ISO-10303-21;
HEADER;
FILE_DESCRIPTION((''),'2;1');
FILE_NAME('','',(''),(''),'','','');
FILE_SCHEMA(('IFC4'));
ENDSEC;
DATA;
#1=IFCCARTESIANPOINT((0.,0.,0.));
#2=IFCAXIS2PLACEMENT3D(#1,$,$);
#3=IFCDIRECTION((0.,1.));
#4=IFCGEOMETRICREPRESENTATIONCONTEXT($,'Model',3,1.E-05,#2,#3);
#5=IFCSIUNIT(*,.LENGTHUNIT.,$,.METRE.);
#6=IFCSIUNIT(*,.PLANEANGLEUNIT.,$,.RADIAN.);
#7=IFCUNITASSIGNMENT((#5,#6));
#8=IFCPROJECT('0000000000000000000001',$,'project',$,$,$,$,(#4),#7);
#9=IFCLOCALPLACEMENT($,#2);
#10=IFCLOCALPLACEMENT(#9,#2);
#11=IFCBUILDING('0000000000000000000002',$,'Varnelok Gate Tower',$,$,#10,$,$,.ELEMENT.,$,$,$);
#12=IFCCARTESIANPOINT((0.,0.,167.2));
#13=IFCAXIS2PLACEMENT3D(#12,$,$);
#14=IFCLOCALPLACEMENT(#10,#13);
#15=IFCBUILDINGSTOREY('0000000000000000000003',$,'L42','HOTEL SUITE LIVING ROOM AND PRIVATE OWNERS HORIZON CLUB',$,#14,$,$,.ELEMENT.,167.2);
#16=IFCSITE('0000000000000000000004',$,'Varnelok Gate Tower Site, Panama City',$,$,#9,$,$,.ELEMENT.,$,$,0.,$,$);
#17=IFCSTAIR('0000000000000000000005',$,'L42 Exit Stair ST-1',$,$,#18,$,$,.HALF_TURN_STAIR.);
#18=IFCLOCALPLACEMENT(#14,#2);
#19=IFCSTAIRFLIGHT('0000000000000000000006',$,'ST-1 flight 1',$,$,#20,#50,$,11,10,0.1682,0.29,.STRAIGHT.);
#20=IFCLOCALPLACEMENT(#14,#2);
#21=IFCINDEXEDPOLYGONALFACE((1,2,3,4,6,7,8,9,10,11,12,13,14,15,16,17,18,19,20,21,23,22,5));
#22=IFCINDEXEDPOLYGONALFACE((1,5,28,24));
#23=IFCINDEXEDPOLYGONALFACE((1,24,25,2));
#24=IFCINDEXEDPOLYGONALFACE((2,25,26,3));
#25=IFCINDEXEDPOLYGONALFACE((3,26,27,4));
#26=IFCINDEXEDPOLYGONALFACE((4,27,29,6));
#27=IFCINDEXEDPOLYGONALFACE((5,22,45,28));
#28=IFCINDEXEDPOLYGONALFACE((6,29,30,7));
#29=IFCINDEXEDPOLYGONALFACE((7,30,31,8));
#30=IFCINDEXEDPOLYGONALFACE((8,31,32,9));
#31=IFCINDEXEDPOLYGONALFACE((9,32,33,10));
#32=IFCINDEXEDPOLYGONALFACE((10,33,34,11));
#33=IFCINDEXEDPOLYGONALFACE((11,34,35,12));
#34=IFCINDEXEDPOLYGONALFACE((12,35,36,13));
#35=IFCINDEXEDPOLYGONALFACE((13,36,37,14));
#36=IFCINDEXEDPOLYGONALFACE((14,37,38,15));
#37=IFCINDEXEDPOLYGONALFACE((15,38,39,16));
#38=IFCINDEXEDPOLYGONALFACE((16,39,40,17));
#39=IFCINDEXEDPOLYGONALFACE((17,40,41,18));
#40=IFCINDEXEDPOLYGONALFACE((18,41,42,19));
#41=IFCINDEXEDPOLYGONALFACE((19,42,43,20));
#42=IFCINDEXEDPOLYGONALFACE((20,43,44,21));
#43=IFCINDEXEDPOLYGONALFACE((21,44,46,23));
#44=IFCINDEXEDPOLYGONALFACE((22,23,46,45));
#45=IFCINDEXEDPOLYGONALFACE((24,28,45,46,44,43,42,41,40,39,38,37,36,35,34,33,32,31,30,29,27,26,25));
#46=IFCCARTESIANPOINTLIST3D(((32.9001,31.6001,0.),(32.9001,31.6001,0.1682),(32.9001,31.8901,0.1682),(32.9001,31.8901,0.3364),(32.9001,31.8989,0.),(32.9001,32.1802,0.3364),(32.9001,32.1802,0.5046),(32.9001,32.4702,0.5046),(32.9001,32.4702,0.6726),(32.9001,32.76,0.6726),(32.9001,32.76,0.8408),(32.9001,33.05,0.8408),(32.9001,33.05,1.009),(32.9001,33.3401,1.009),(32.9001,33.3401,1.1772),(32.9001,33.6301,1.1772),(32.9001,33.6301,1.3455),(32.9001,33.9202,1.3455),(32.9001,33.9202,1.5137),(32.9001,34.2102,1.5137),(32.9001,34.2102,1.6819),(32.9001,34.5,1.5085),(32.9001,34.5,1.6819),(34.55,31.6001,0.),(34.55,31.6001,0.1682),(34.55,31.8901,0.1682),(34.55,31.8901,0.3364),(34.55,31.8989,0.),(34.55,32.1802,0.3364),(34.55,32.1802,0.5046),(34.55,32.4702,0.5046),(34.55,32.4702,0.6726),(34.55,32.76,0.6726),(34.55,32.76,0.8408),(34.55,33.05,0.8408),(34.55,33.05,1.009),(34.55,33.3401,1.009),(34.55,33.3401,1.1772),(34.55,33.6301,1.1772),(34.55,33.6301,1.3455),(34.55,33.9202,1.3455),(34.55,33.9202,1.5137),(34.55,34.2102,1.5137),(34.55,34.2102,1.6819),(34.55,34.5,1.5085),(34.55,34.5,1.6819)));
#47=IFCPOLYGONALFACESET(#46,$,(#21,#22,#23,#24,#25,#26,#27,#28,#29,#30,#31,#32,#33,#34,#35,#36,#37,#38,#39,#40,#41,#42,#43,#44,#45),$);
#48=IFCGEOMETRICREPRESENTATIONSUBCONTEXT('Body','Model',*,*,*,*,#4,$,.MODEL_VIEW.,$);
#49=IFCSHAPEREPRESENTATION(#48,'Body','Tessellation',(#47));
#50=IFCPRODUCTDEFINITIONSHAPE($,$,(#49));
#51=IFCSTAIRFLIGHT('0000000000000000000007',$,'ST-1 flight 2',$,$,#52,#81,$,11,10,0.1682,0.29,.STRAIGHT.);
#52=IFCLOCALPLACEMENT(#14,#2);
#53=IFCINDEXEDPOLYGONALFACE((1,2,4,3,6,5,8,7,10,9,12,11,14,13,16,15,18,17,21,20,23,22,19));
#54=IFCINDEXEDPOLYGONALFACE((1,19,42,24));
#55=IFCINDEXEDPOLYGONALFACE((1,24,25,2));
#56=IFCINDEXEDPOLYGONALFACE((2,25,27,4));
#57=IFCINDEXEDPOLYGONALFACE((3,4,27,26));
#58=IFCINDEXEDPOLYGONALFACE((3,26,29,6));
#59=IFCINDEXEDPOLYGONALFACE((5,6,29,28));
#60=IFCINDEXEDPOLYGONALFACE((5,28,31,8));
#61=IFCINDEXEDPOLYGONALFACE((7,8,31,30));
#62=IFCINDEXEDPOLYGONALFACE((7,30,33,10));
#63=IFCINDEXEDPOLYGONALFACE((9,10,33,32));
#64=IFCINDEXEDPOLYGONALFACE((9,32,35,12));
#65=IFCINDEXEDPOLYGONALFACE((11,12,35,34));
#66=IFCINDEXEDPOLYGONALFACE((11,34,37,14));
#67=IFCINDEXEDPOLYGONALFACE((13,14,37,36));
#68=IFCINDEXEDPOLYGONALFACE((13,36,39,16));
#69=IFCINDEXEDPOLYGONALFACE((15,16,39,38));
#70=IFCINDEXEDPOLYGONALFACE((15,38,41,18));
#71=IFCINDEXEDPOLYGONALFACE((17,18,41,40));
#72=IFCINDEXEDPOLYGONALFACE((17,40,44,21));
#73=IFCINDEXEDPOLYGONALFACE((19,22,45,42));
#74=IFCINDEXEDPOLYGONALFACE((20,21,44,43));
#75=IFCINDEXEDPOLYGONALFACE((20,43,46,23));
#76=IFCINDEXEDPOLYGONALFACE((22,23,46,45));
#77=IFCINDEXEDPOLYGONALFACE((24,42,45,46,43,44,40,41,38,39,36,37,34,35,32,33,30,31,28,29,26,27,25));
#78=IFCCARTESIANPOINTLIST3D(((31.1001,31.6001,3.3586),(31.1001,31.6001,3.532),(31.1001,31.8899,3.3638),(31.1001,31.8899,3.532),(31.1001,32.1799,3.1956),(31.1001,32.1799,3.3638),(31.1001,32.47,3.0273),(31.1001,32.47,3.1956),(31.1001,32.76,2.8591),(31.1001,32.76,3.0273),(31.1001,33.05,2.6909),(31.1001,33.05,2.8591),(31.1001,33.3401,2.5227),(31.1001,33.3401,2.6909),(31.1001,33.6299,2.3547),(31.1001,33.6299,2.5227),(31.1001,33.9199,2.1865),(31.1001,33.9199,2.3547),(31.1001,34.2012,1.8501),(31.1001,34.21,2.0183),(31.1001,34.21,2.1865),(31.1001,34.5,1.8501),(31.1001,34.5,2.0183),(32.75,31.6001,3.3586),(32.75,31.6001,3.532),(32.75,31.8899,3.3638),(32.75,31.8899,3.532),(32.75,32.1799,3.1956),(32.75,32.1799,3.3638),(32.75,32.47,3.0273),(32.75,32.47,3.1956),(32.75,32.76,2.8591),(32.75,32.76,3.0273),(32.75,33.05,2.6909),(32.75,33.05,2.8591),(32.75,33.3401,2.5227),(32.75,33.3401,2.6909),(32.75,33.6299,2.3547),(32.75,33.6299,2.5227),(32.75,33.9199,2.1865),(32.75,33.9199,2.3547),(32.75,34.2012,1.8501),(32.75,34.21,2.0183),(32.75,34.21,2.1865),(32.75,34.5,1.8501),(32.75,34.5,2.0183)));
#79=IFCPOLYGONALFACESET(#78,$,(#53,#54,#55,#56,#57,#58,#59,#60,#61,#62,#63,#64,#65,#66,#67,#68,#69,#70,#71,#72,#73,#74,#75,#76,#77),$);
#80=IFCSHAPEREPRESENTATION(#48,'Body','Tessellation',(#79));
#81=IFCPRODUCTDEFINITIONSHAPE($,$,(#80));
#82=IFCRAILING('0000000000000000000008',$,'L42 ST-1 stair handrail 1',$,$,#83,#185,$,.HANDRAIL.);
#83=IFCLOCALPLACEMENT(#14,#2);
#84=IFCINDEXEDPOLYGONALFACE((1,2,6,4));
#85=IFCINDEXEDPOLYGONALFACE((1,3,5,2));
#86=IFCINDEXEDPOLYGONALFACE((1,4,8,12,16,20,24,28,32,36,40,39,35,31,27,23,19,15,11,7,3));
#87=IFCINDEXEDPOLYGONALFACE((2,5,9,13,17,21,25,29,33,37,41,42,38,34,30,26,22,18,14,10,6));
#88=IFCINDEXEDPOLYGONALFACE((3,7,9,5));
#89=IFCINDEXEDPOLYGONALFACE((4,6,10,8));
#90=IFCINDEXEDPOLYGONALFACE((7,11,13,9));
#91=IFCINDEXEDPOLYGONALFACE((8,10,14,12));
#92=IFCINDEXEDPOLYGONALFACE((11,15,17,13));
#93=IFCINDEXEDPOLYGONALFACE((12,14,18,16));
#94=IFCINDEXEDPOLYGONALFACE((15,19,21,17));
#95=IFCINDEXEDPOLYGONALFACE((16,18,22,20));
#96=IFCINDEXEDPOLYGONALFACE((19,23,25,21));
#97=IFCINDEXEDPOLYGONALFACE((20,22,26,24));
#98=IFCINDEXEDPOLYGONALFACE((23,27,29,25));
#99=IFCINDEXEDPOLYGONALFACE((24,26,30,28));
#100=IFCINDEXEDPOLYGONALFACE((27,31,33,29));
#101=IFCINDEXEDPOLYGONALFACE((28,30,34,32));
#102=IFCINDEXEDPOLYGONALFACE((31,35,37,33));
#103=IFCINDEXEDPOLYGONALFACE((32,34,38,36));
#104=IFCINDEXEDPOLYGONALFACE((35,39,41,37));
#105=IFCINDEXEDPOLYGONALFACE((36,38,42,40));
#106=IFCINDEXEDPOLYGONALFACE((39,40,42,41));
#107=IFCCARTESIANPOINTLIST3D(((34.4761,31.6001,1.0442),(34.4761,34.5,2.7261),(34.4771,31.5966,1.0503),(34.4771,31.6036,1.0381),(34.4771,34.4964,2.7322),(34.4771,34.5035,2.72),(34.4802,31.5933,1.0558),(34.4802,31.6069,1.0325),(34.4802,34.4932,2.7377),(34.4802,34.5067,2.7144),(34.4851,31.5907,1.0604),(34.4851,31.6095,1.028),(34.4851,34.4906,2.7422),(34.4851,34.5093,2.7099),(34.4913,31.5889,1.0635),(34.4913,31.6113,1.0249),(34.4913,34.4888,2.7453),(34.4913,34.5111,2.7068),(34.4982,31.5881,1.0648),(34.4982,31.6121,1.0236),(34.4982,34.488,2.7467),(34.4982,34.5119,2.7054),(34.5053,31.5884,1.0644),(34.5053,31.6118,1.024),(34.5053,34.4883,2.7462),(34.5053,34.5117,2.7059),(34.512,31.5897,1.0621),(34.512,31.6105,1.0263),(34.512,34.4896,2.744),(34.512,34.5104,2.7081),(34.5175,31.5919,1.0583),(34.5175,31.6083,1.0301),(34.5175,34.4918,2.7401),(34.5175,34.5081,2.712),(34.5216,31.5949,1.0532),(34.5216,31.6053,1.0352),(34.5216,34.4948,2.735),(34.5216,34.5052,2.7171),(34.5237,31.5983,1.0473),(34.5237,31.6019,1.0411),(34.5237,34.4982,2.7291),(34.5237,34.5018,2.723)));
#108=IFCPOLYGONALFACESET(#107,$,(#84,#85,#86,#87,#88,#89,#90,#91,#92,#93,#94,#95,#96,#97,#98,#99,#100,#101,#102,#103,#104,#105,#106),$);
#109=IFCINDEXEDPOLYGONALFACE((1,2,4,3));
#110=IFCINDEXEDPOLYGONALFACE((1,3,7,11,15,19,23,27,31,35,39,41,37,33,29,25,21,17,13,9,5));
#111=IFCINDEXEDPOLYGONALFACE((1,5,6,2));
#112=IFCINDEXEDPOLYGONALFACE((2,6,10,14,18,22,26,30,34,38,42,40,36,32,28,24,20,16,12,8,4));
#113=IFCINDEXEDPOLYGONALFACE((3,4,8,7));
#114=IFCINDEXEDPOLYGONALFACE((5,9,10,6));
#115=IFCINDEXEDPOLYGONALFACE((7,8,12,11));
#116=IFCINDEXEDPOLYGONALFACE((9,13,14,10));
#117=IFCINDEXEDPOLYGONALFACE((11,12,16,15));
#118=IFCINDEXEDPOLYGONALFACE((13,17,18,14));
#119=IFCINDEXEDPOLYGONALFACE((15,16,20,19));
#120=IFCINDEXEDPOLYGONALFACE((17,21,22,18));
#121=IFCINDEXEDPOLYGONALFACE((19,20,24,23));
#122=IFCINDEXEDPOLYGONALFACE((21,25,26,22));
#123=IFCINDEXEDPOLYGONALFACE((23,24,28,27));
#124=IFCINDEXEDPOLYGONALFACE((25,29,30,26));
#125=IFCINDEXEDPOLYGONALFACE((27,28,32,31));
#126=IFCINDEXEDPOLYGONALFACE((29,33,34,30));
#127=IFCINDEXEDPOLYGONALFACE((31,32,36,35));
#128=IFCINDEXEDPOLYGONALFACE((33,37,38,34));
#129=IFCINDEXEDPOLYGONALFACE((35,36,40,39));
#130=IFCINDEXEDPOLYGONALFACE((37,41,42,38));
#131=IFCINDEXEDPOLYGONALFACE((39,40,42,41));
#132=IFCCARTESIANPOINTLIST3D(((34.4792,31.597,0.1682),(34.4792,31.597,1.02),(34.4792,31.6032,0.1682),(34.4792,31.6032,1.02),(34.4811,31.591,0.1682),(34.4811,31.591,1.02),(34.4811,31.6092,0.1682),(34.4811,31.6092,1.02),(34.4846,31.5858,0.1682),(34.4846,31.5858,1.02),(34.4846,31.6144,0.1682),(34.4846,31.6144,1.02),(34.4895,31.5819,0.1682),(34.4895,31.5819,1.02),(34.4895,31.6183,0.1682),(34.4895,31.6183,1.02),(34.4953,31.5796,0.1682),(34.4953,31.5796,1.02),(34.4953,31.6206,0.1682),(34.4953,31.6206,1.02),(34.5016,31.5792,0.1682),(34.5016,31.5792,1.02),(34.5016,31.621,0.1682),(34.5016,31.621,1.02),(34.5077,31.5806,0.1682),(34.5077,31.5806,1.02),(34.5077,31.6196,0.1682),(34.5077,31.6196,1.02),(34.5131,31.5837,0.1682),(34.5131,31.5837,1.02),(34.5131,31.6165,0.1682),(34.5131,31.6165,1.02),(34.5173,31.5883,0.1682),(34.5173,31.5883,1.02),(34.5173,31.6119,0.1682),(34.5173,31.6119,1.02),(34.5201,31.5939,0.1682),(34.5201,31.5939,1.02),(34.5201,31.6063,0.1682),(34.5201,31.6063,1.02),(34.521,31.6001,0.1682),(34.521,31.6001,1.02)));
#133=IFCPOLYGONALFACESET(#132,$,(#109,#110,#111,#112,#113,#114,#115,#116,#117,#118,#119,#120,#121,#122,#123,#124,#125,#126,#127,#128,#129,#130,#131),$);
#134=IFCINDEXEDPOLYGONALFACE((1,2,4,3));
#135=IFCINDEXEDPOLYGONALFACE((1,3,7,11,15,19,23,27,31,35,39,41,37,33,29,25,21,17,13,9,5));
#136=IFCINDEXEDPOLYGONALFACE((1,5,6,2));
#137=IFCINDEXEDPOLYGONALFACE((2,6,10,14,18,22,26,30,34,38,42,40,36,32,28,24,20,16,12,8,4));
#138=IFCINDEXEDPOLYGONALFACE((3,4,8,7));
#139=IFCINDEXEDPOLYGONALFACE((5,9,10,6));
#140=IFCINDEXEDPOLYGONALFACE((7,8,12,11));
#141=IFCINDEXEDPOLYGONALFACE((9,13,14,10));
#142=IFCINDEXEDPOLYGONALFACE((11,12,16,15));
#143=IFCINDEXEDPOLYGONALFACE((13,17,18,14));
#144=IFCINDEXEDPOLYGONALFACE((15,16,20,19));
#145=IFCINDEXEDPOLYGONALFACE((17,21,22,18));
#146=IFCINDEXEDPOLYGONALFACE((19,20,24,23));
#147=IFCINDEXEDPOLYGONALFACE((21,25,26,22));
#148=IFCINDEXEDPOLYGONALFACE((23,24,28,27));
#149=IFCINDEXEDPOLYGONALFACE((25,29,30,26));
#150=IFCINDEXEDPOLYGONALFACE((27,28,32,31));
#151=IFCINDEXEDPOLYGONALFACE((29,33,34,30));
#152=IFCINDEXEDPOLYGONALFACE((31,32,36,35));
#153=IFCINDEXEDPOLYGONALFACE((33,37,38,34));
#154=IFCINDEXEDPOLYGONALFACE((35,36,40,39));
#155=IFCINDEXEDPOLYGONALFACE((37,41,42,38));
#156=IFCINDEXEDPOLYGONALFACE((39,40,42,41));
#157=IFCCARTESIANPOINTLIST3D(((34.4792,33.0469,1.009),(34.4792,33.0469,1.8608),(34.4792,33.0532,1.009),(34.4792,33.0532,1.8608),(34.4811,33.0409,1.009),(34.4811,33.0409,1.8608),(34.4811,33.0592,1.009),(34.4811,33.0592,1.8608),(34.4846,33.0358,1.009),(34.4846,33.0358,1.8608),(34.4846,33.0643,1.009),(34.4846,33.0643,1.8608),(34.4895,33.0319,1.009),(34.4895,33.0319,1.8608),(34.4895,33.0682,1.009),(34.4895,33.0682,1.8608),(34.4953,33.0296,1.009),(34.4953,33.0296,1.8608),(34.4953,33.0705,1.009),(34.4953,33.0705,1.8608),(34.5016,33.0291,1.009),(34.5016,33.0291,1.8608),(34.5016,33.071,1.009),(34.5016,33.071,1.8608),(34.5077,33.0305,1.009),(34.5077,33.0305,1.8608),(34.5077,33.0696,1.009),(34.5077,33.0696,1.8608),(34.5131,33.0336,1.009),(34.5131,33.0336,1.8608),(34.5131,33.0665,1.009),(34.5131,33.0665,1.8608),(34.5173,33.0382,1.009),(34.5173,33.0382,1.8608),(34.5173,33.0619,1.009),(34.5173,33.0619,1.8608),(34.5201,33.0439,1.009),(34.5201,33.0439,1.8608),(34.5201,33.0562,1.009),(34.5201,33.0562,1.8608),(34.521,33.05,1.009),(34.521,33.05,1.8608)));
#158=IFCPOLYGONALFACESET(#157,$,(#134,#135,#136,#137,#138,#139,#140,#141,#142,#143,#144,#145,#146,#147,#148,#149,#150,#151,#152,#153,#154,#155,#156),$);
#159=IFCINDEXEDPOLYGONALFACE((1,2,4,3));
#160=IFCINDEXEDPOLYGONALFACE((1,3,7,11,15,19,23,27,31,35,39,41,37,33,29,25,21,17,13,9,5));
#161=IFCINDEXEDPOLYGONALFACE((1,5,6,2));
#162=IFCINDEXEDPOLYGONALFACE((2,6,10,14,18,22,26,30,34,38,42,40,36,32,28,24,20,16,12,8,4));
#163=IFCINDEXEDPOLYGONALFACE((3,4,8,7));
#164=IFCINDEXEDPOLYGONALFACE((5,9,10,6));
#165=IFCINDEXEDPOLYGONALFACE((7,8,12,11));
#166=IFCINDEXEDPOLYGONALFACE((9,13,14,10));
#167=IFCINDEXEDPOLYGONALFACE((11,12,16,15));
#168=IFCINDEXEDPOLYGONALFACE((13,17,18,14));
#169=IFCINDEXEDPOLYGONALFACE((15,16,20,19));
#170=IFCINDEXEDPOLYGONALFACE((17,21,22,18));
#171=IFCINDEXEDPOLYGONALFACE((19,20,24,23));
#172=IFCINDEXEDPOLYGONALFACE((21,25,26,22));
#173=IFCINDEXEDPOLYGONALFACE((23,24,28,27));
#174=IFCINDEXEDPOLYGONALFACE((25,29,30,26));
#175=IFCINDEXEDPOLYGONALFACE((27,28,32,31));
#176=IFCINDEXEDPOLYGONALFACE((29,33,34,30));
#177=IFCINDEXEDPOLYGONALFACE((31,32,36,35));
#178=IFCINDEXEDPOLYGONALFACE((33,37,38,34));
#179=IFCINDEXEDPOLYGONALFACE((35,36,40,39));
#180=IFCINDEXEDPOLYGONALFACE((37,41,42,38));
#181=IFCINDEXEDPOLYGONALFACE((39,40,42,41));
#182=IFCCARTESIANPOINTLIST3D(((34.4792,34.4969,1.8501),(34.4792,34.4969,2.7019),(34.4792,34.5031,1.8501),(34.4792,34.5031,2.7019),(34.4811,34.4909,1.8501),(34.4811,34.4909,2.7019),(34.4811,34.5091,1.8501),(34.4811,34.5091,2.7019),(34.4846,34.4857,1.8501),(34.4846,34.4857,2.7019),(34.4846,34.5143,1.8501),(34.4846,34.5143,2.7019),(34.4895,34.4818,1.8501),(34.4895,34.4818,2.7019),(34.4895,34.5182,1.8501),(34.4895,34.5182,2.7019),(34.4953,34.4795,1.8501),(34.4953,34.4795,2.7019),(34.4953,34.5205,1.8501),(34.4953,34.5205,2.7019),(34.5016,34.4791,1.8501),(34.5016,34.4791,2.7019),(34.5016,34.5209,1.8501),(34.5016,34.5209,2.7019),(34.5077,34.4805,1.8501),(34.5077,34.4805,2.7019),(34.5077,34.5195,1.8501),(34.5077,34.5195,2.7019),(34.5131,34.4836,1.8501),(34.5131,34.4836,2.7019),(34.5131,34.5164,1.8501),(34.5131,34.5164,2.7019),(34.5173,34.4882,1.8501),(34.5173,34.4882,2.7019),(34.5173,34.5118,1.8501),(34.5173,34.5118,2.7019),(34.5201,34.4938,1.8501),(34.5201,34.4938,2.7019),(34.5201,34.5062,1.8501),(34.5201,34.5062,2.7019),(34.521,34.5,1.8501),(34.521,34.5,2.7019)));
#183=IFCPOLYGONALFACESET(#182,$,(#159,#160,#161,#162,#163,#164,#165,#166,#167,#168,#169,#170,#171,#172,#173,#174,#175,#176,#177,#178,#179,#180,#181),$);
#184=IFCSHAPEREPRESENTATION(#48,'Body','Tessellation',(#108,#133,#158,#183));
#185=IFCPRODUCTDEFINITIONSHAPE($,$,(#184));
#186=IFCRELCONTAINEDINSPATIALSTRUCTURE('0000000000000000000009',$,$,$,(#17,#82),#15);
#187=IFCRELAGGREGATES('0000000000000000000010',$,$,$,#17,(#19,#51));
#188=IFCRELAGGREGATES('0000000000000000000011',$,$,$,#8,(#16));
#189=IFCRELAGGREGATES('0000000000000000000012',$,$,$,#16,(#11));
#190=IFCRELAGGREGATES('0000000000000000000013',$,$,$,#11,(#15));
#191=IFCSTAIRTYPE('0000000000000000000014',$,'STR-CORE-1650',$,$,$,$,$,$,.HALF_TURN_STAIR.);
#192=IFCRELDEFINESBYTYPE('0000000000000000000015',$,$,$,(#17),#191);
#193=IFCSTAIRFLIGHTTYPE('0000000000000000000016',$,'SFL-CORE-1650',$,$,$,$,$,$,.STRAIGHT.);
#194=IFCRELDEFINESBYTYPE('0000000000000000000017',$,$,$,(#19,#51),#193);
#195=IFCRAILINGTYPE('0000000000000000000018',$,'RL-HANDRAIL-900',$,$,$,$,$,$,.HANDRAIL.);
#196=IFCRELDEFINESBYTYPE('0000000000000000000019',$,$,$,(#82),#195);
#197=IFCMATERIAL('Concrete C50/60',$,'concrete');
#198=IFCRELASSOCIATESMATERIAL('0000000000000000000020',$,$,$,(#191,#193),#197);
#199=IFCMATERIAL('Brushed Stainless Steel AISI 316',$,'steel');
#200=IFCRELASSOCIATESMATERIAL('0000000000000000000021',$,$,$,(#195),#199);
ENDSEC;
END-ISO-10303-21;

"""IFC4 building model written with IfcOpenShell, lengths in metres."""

from ifc_helpers import new_model, si_unit, direction, frame, origin, origin_2d, place, context, subcontext, project, spatial, polyline, circle, outline, extrude, material, type_object, element, aggregate, save


model = new_model("IFC4")

# Units and contexts
model_context = context("Model", 3, precision=1e-05, world=origin(), true_north=direction((0.0, 1.0)))
body_context = subcontext(model_context, "Body", "Model", "MODEL_VIEW")
ifc_project = project(units=[si_unit("LENGTHUNIT", "METRE"), si_unit("PLANEANGLEUNIT", "RADIAN")], contexts=[model_context])

# Site, building, storey
site_placement = place(None, origin())
site = spatial("IfcSite", under=ifc_project, at=site_placement, Name="Varnelok Gate Tower Site, Panama City", CompositionType="ELEMENT", RefElevation=0.0)
building_placement = place(site_placement, origin())
building = spatial("IfcBuilding", under=site, at=building_placement, Name="Varnelok Gate Tower", CompositionType="ELEMENT")
storey_placement = place(building_placement, frame((0.0, 0.0, 167.2)))
storey = spatial("IfcBuildingStorey", under=building, at=storey_placement, Name="L42", Description="HOTEL SUITE LIVING ROOM AND PRIVATE OWNERS HORIZON CLUB", CompositionType="ELEMENT", Elevation=167.2)

# Stair, stair flights
ifc_material_1 = material(Name="Concrete C50/60", Category="concrete")
stair_type = type_object("IfcStairType", Name="STR-CORE-1650", PredefinedType="HALF_TURN_STAIR", material=ifc_material_1)
stair_placement = place(storey_placement, origin())
stair = element("IfcStair", 1, at=stair_placement, inside=storey, type_object=stair_type, Name="L42 Exit Stair ST-1", PredefinedType="HALF_TURN_STAIR")
stair_flight_type = type_object("IfcStairFlightType", Name="SFL-CORE-1650", PredefinedType="STRAIGHT", material=ifc_material_1)
stair_flight_1_placement = place(storey_placement, frame((33.7251, 31.6001, 0.0), z_axis=(0.0, 0.0, 1.0), x_axis=(0.0, 1.0, 0.0)))
stair_flight_1 = element("IfcStairFlight", 2, at=stair_flight_1_placement, type_object=stair_flight_type, Name="ST-1 flight 1", NumberOfRisers=11, NumberOfTreads=10, PredefinedType="STRAIGHT", RiserHeight=0.1682, TreadLength=0.29, context=body_context, shape_type="SweptSolid", body=[
    extrude(outline(polyline([(0.0, 0.0), (0.0, 0.1682), (0.29, 0.1682), (0.29, 0.3364), (0.5801, 0.3364), (0.5801, 0.5046), (0.8701, 0.5046), (0.8701, 0.6726), (1.1599, 0.6726), (1.1599, 0.8408), (1.45, 0.8408), (1.45, 1.009), (1.74, 1.009), (1.74, 1.1772), (2.03, 1.1772), (2.03, 1.3455), (2.3201, 1.3455), (2.3201, 1.5137), (2.6101, 1.5137), (2.6101, 1.6819), (2.8999, 1.6819), (2.8999, 1.8501), (2.8999, 1.5085), (0.2988, 0.0), (0.0, 0.0)])), frame((0.0, 0.825, 0.0), z_axis=(0.0, -1.0, 0.0), x_axis=(1.0, 0.0, 0.0)), (0.0, 0.0, 1.0), 1.6499),
])
stair_flight_2_placement = place(storey_placement, frame((31.925, 34.5, 1.8501), z_axis=(0.0, 0.0, 1.0), x_axis=(0.0, -1.0, 0.0)))
stair_flight_2 = element("IfcStairFlight", 3, at=stair_flight_2_placement, type_object=stair_flight_type, Name="ST-1 flight 2", NumberOfRisers=11, NumberOfTreads=10, PredefinedType="STRAIGHT", RiserHeight=0.1682, TreadLength=0.29, context=body_context, shape_type="SweptSolid", body=[
    extrude(outline(polyline([(0.0, 0.0), (0.0, 0.1682), (0.29, 0.1682), (0.29, 0.3364), (0.5801, 0.3364), (0.5801, 0.5046), (0.8701, 0.5046), (0.8701, 0.6726), (1.1599, 0.6726), (1.1599, 0.8408), (1.45, 0.8408), (1.45, 1.009), (1.74, 1.009), (1.74, 1.1772), (2.03, 1.1772), (2.03, 1.3455), (2.3201, 1.3455), (2.3201, 1.5137), (2.6101, 1.5137), (2.6101, 1.6819), (2.8999, 1.6819), (2.8999, 1.8501), (2.8999, 1.5085), (0.2988, 0.0), (0.0, 0.0)])), frame((0.0, 0.825, 0.0), z_axis=(0.0, -1.0, 0.0), x_axis=(1.0, 0.0, 0.0)), (0.0, 0.0, 1.0), 1.6499),
])
aggregate(stair, [stair_flight_1, stair_flight_2])

# Railing
ifc_material_2 = material(Name="Brushed Stainless Steel AISI 316", Category="steel")
railing_type_1 = type_object("IfcRailingType", Name="RL-HANDRAIL-900", PredefinedType="HANDRAIL", material=ifc_material_2)
railing_1_placement = place(storey_placement, frame((34.5, 31.6001, 0.1682)))
element("IfcRailing", 4, at=railing_1_placement, inside=storey, type_object=railing_type_1, Name="L42 ST-1 stair handrail 1", PredefinedType="HANDRAIL", context=body_context, shape_type="SweptSolid", body=[
    extrude(circle(Radius=0.0239, at=origin_2d()), frame((0.0, 0.0, 0.876), z_axis=(0.0, 0.865039, 0.501705), x_axis=(-1.0, 0.0, 0.0)), (0.0, 0.0, 1.0), 3.3523),
    extrude(circle(Radius=0.021, at=origin_2d()), origin(), (0.0, 0.0, 1.0), 0.8518),
    extrude(circle(Radius=0.021, at=origin_2d()), frame((0.0, 1.45, 0.8408)), (0.0, 0.0, 1.0), 0.8518),
    extrude(circle(Radius=0.021, at=origin_2d()), frame((0.0, 2.8999, 1.6819)), (0.0, 0.0, 1.0), 0.8518),
])

save(model, "model.ifc")
